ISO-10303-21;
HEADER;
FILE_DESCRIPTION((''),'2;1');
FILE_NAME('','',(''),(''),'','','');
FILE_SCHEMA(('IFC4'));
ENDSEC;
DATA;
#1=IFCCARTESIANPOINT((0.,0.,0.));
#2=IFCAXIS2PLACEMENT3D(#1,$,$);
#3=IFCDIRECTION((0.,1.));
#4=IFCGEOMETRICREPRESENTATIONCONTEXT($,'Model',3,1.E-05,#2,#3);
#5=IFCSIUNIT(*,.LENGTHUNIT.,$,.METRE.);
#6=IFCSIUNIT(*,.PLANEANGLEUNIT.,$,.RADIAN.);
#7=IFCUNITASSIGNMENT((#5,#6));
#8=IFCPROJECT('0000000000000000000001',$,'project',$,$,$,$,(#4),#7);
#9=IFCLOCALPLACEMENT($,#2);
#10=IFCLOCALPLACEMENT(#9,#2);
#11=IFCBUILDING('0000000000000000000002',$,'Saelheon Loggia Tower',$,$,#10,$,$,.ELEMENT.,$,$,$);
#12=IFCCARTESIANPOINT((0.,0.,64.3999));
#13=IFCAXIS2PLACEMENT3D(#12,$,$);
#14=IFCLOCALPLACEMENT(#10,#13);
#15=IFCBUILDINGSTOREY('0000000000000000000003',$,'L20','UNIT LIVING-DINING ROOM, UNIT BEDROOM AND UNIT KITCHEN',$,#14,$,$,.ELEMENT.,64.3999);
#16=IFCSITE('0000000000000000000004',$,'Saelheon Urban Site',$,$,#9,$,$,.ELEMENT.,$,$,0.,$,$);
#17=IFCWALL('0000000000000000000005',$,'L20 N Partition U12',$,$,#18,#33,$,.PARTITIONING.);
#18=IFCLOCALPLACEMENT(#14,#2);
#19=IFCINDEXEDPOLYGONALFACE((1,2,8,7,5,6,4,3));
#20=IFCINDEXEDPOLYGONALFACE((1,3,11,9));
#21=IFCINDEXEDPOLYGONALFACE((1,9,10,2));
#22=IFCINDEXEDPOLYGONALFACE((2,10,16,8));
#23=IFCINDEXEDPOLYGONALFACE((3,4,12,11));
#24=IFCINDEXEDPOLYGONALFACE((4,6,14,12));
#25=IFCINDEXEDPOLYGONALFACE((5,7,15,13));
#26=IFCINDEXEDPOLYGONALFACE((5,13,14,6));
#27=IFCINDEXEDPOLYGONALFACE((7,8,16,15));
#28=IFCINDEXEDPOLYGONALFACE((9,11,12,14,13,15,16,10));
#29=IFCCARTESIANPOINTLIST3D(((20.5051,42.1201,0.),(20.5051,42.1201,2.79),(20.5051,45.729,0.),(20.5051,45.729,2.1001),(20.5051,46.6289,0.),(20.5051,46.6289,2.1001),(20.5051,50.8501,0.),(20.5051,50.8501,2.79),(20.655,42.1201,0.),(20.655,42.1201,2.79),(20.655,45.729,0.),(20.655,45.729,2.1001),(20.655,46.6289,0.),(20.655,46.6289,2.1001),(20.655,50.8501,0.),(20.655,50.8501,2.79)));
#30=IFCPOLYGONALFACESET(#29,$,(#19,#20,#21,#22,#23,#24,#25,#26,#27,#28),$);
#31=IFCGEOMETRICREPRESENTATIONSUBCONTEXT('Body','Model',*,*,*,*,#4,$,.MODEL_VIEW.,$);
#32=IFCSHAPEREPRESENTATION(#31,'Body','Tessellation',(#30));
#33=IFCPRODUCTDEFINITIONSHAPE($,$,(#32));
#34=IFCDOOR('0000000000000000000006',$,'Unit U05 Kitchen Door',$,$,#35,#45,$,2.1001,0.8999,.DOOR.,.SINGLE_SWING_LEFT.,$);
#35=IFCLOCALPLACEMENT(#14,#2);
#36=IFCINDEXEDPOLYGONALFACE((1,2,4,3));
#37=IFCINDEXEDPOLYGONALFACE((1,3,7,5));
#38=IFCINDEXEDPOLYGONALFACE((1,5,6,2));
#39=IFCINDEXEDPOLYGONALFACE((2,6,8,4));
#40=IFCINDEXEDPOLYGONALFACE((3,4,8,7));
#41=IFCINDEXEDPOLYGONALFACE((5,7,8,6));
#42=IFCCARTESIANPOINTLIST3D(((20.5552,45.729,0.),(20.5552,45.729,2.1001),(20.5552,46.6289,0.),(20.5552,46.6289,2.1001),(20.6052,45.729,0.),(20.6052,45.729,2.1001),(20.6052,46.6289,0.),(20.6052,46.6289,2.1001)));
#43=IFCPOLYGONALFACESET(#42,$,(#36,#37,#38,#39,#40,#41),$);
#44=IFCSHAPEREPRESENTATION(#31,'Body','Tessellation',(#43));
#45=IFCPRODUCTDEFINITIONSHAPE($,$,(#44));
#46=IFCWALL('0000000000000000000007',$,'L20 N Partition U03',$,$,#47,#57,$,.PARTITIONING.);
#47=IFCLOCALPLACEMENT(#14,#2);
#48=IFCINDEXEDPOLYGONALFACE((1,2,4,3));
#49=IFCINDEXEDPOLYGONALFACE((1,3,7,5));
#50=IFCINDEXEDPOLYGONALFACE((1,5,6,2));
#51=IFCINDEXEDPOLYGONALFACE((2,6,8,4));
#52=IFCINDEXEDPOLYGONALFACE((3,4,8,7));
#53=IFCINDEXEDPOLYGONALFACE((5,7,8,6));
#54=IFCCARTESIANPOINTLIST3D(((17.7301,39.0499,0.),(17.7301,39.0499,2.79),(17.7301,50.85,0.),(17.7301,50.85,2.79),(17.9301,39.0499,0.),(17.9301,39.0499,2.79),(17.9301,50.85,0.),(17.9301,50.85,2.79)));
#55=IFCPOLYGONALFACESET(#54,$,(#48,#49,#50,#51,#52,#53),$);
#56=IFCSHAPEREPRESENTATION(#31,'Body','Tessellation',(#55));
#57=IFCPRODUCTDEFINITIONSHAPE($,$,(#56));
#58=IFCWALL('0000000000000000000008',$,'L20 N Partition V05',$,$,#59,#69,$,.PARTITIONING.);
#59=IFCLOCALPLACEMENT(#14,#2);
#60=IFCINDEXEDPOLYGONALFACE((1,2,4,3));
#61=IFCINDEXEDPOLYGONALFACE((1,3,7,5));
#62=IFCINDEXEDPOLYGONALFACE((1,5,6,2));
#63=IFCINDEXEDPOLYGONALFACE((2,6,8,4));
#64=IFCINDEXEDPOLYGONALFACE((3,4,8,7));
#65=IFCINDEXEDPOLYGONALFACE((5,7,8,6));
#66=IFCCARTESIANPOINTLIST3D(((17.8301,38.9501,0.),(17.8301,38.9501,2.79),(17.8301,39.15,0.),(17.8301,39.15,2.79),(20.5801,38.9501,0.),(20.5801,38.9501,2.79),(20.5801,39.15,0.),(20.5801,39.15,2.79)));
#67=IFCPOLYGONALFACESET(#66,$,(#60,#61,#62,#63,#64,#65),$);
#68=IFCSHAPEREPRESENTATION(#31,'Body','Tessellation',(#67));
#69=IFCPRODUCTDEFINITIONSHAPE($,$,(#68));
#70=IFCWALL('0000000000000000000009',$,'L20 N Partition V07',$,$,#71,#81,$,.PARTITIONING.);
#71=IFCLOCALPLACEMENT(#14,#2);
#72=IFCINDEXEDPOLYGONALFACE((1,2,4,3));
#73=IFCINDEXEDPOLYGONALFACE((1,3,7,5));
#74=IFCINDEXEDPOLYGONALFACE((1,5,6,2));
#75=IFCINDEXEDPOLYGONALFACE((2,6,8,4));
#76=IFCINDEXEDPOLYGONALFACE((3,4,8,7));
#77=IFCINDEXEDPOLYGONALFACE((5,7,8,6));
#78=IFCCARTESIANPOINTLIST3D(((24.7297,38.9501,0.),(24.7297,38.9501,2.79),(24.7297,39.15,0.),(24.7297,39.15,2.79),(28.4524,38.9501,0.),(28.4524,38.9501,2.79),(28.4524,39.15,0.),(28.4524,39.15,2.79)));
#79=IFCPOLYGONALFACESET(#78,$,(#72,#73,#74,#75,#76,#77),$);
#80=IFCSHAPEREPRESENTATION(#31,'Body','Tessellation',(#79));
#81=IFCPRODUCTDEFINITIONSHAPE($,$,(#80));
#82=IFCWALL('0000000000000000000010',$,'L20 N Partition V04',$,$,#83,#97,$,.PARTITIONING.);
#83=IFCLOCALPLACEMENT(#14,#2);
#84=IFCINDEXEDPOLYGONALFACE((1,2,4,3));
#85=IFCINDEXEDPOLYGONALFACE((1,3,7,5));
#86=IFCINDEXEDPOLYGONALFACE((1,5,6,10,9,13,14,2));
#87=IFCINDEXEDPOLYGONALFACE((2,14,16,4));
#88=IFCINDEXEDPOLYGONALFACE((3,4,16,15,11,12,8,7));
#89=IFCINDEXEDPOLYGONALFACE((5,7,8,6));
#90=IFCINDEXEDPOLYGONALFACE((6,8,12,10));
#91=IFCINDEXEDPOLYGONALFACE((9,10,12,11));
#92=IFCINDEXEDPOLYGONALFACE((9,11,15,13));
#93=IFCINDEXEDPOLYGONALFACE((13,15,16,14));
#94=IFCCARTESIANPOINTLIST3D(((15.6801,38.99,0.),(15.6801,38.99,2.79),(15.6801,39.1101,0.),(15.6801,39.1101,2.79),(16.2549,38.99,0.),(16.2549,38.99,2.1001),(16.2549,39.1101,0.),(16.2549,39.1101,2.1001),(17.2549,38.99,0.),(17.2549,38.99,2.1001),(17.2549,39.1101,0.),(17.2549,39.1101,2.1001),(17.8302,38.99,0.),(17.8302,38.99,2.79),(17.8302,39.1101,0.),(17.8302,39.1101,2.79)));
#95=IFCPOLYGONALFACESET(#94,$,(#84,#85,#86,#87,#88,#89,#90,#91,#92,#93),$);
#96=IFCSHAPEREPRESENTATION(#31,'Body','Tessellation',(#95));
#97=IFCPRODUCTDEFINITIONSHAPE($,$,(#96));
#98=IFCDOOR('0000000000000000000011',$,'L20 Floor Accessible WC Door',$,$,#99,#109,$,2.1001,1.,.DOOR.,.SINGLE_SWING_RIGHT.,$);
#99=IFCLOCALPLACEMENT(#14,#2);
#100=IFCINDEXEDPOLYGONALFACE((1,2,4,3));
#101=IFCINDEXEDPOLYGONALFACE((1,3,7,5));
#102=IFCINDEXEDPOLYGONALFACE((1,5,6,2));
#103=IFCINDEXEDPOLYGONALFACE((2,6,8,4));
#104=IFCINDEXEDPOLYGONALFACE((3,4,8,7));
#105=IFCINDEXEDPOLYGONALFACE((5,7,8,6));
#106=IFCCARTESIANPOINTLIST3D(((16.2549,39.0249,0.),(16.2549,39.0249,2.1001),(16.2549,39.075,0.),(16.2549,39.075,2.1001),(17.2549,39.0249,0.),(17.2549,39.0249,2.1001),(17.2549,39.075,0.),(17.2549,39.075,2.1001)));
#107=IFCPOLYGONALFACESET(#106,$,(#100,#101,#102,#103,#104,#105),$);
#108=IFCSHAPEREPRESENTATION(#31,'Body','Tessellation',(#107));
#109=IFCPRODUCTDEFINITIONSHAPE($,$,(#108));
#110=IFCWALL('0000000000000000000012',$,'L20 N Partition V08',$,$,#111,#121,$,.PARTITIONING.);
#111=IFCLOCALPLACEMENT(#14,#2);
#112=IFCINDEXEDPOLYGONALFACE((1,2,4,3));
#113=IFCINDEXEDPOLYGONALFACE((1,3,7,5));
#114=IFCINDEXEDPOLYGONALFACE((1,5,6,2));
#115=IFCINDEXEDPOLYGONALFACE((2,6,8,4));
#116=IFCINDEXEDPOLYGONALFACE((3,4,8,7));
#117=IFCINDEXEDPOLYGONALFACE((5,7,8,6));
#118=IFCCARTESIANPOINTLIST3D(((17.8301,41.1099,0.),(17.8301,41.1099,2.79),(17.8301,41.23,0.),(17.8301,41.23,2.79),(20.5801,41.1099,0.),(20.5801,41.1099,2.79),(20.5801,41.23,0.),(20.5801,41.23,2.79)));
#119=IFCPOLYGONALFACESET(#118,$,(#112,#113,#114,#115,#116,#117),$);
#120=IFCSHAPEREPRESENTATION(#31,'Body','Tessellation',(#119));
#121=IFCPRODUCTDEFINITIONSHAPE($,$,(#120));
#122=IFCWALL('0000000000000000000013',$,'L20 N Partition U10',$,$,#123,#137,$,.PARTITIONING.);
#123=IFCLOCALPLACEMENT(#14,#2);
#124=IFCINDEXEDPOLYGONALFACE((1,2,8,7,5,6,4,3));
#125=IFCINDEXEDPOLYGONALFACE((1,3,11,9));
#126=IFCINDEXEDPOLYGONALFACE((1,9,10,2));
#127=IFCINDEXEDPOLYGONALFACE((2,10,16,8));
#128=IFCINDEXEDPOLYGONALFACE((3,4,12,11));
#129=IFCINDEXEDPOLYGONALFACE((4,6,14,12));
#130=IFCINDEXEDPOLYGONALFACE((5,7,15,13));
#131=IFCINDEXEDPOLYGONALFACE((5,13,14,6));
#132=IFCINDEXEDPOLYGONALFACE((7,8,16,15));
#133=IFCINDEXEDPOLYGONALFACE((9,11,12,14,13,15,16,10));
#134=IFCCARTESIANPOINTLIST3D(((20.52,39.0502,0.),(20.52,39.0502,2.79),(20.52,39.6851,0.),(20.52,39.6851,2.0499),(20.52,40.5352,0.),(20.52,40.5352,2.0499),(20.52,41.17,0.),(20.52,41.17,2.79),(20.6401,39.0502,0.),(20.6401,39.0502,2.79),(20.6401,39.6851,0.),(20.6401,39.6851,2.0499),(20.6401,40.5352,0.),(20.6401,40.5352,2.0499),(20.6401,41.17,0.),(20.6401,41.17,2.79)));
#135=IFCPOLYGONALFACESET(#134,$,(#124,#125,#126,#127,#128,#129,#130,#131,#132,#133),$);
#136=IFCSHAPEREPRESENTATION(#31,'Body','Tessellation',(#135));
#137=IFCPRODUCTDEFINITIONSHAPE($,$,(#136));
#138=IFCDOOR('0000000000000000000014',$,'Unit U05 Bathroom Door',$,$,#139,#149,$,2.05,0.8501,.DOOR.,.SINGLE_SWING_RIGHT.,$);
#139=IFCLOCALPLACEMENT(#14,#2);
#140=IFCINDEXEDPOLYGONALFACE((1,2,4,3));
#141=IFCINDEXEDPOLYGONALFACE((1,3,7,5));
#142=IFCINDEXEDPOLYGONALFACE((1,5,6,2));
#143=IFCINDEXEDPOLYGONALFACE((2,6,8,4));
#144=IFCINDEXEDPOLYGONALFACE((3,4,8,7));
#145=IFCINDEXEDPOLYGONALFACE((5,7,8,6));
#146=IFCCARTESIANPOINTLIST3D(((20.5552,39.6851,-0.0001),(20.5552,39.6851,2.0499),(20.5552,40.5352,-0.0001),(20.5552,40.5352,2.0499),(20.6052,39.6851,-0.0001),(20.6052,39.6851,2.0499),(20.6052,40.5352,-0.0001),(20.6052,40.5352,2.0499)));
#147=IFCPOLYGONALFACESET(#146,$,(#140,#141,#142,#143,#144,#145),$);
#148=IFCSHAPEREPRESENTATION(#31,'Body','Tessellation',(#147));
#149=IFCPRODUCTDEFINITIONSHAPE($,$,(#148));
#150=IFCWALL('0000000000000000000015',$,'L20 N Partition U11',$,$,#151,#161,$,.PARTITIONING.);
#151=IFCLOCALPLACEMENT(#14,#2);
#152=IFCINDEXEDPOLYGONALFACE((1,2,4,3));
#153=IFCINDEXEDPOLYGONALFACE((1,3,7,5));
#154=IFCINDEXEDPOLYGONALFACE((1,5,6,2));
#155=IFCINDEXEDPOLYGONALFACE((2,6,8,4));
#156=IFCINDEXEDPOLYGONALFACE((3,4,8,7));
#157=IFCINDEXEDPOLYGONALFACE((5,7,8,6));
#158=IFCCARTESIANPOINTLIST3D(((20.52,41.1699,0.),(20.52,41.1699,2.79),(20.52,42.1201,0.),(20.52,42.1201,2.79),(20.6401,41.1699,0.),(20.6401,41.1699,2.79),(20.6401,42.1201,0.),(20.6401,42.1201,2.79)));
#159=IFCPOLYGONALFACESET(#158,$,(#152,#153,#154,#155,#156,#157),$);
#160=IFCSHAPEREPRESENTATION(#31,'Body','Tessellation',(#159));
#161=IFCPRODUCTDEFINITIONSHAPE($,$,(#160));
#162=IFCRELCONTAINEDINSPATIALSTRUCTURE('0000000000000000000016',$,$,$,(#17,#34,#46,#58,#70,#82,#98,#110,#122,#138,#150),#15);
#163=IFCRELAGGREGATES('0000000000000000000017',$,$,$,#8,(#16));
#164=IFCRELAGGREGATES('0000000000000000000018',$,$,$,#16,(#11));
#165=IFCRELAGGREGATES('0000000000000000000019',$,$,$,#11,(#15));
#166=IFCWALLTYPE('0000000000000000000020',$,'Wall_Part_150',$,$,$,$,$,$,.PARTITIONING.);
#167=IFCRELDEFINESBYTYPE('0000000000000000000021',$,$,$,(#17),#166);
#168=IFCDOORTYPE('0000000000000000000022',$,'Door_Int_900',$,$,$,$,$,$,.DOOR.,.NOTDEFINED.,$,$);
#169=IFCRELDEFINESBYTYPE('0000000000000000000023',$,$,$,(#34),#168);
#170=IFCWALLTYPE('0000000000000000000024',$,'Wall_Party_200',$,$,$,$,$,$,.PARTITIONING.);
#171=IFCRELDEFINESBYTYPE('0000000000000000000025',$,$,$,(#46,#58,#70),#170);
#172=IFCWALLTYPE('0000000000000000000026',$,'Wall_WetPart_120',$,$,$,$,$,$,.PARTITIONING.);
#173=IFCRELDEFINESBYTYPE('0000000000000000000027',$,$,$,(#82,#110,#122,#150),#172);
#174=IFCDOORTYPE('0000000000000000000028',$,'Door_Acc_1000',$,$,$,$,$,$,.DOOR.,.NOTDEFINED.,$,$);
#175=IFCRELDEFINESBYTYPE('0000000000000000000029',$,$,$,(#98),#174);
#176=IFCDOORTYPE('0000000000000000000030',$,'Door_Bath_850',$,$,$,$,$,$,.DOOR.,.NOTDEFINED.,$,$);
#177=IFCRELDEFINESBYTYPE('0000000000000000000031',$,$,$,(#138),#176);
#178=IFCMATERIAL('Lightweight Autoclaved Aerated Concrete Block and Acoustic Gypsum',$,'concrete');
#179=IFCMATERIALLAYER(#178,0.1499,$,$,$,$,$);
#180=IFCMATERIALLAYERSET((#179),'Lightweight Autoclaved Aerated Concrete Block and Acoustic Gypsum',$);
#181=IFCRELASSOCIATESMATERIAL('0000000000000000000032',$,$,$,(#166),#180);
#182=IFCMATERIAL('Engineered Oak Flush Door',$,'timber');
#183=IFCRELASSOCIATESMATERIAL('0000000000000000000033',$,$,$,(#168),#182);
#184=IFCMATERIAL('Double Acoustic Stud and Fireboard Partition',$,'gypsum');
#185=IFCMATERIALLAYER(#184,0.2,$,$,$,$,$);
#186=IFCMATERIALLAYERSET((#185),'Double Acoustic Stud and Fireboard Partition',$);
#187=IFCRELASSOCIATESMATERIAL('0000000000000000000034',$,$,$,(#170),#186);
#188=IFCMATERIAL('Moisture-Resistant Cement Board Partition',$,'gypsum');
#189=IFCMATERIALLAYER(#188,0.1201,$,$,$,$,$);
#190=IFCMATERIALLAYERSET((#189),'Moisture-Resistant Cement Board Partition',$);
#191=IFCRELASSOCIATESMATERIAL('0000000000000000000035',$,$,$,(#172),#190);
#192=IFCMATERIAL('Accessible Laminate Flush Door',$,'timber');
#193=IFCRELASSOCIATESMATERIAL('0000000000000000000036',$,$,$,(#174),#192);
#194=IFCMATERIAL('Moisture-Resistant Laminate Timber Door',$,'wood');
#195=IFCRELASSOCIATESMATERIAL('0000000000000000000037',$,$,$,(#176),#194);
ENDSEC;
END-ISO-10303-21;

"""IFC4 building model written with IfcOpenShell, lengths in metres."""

from ifc_helpers import new_model, si_unit, direction, frame, frame_2d, origin, place, context, subcontext, project, spatial, rectangle, extrude, source, transform, mapped, material, layer, layer_set, type_object, element, fill, save


model = new_model("IFC4")

# Units and contexts
model_context = context("Model", 3, precision=1e-05, world=origin(), true_north=direction((0.0, 1.0)))
body_context = subcontext(model_context, "Body", "Model", "MODEL_VIEW")
ifc_project = project(units=[si_unit("LENGTHUNIT", "METRE"), si_unit("PLANEANGLEUNIT", "RADIAN")], contexts=[model_context])

# Site, building, storey
site_placement = place(None, origin())
site = spatial("IfcSite", under=ifc_project, at=site_placement, Name="Saelheon Urban Site", CompositionType="ELEMENT", RefElevation=0.0)
building_placement = place(site_placement, origin())
building = spatial("IfcBuilding", under=site, at=building_placement, Name="Saelheon Loggia Tower", CompositionType="ELEMENT")
storey_placement = place(building_placement, frame((0.0, 0.0, 64.3999)))
storey = spatial("IfcBuildingStorey", under=building, at=storey_placement, Name="L20", Description="UNIT LIVING-DINING ROOM, UNIT BEDROOM AND UNIT KITCHEN", CompositionType="ELEMENT", Elevation=64.3999)

# Wall, opening, door
ifc_material_1 = material(Name="Lightweight Autoclaved Aerated Concrete Block and Acoustic Gypsum", Category="concrete")
ifc_layer_1 = layer(ifc_material_1, 0.1499)
ifc_layer_set_1 = layer_set([ifc_layer_1], Name="Lightweight Autoclaved Aerated Concrete Block and Acoustic Gypsum")
wall_type_1 = type_object("IfcWallType", Name="Wall_Part_150", PredefinedType="PARTITIONING", material=ifc_layer_set_1)
wall_1_placement = place(storey_placement, frame((20.5801, 42.1201, 0.0), z_axis=(0.0, 0.0, 1.0), x_axis=(0.0, 1.0, 0.0)))
wall_1 = element("IfcWall", 1, at=wall_1_placement, inside=storey, type_object=wall_type_1, Name="L20 N Partition U12", PredefinedType="PARTITIONING", context=body_context, shape_type="SweptSolid", body=[
    extrude(rectangle(XDim=8.73, YDim=0.1499, at=frame_2d((4.365, 0.0))), origin(), (0.0, 0.0, 1.0), 2.79),
])
opening_1_placement = place(wall_1_placement, frame((3.6089, 0.0, 0.0)))
opening_1 = element("IfcOpeningElement", 2, at=opening_1_placement, cuts=wall_1, PredefinedType="OPENING", context=body_context, shape_type="SweptSolid", body=[
    extrude(rectangle(XDim=0.8999, YDim=2.1001, at=frame_2d((0.45, 1.05))), frame((0.0, 0.0869, 0.0), z_axis=(0.0, -1.0, 0.0), x_axis=(1.0, 0.0, 0.0)), (0.0, 0.0, 1.0), 0.1738),
])
ifc_material_2 = material(Name="Engineered Oak Flush Door", Category="timber")
door_type_1 = type_object("IfcDoorType", Name="Door_Int_900", OperationType="NOTDEFINED", PredefinedType="DOOR", material=ifc_material_2)
shared_shape_1 = source(origin(), body_context, "Body", "SweptSolid", [
    extrude(rectangle(XDim=0.8999, YDim=2.1001, at=frame_2d((0.45, 1.05))), frame((0.0, 0.0249, 0.0), z_axis=(0.0, -1.0, 0.0), x_axis=(1.0, 0.0, 0.0)), (0.0, 0.0, 1.0), 0.05),
])
door_1_placement = place(opening_1_placement, origin())
door_1 = element("IfcDoor", 3, at=door_1_placement, inside=storey, type_object=door_type_1, Name="Unit U05 Kitchen Door", OperationType="SINGLE_SWING_LEFT", OverallHeight=2.1001, OverallWidth=0.8999, PredefinedType="DOOR", context=body_context, shape_type="MappedRepresentation", body=[
    mapped(shared_shape_1, transform((0.0, 0.0, 0.0), scale=1.0)),
])
fill(opening_1, door_1)

# Walls
ifc_material_3 = material(Name="Double Acoustic Stud and Fireboard Partition", Category="gypsum")
ifc_layer_2 = layer(ifc_material_3, 0.2)
ifc_layer_set_2 = layer_set([ifc_layer_2], Name="Double Acoustic Stud and Fireboard Partition")
wall_type_2 = type_object("IfcWallType", Name="Wall_Party_200", PredefinedType="PARTITIONING", material=ifc_layer_set_2)
wall_2_placement = place(storey_placement, frame((17.8301, 39.05, 0.0), z_axis=(0.0, 0.0, 1.0), x_axis=(0.0, 1.0, 0.0)))
element("IfcWall", 4, at=wall_2_placement, inside=storey, type_object=wall_type_2, Name="L20 N Partition U03", PredefinedType="PARTITIONING", context=body_context, shape_type="SweptSolid", body=[
    extrude(rectangle(XDim=11.8, YDim=0.2, at=frame_2d((5.8999, 0.0))), origin(), (0.0, 0.0, 1.0), 2.79),
])
wall_3_placement = place(storey_placement, frame((17.8301, 39.05, 0.0), z_axis=(0.0, 0.0, 1.0), x_axis=(1.0, 0.0, 0.0)))
element("IfcWall", 5, at=wall_3_placement, inside=storey, type_object=wall_type_2, Name="L20 N Partition V05", PredefinedType="PARTITIONING", context=body_context, shape_type="SweptSolid", body=[
    extrude(rectangle(XDim=2.75, YDim=0.2, at=frame_2d((1.375, 0.0))), origin(), (0.0, 0.0, 1.0), 2.79),
])

# Wall
wall_4_placement = place(storey_placement, frame((24.7297, 39.05, 0.0), z_axis=(0.0, 0.0, 1.0), x_axis=(1.0, 0.0, 0.0)))
element("IfcWall", 6, at=wall_4_placement, inside=storey, type_object=wall_type_2, Name="L20 N Partition V07", PredefinedType="PARTITIONING", context=body_context, shape_type="SweptSolid", body=[
    extrude(rectangle(XDim=3.7227, YDim=0.2, at=frame_2d((1.8613, 0.0))), origin(), (0.0, 0.0, 1.0), 2.79),
])

# Wall, opening, door
ifc_material_4 = material(Name="Moisture-Resistant Cement Board Partition", Category="gypsum")
ifc_layer_3 = layer(ifc_material_4, 0.1201)
ifc_layer_set_3 = layer_set([ifc_layer_3], Name="Moisture-Resistant Cement Board Partition")
wall_type_3 = type_object("IfcWallType", Name="Wall_WetPart_120", PredefinedType="PARTITIONING", material=ifc_layer_set_3)
wall_5_placement = place(storey_placement, frame((15.6799, 39.05, 0.0), z_axis=(0.0, 0.0, 1.0), x_axis=(1.0, 0.0, 0.0)))
wall_5 = element("IfcWall", 7, at=wall_5_placement, inside=storey, type_object=wall_type_3, Name="L20 N Partition V04", PredefinedType="PARTITIONING", context=body_context, shape_type="SweptSolid", body=[
    extrude(rectangle(XDim=2.1501, YDim=0.1201, at=frame_2d((1.0752, 0.0))), origin(), (0.0, 0.0, 1.0), 2.79),
])
opening_2_placement = place(wall_5_placement, frame((0.575, 0.0, 0.0)))
opening_2 = element("IfcOpeningElement", 8, at=opening_2_placement, cuts=wall_5, PredefinedType="OPENING", context=body_context, shape_type="SweptSolid", body=[
    extrude(rectangle(XDim=1.0, YDim=2.1001, at=frame_2d((0.5, 1.05))), frame((0.0, 0.072, 0.0), z_axis=(0.0, -1.0, 0.0), x_axis=(1.0, 0.0, 0.0)), (0.0, 0.0, 1.0), 0.144),
])
ifc_material_5 = material(Name="Accessible Laminate Flush Door", Category="timber")
door_type_2 = type_object("IfcDoorType", Name="Door_Acc_1000", OperationType="NOTDEFINED", PredefinedType="DOOR", material=ifc_material_5)
shared_shape_2 = source(origin(), body_context, "Body", "SweptSolid", [
    extrude(rectangle(XDim=1.0, YDim=2.1001, at=frame_2d((0.5, 1.05))), frame((0.0, 0.0249, 0.0), z_axis=(0.0, -1.0, 0.0), x_axis=(1.0, 0.0, 0.0)), (0.0, 0.0, 1.0), 0.05),
])
door_2_placement = place(opening_2_placement, origin())
door_2 = element("IfcDoor", 9, at=door_2_placement, inside=storey, type_object=door_type_2, Name="L20 Floor Accessible WC Door", OperationType="SINGLE_SWING_RIGHT", OverallHeight=2.1001, OverallWidth=1.0, PredefinedType="DOOR", context=body_context, shape_type="MappedRepresentation", body=[
    mapped(shared_shape_2, transform((0.0, 0.0, 0.0), scale=1.0)),
])
fill(opening_2, door_2)

# Wall
wall_6_placement = place(storey_placement, frame((17.8301, 41.1699, 0.0), z_axis=(0.0, 0.0, 1.0), x_axis=(1.0, 0.0, 0.0)))
element("IfcWall", 10, at=wall_6_placement, inside=storey, type_object=wall_type_3, Name="L20 N Partition V08", PredefinedType="PARTITIONING", context=body_context, shape_type="SweptSolid", body=[
    extrude(rectangle(XDim=2.75, YDim=0.1201, at=frame_2d((1.375, 0.0))), origin(), (0.0, 0.0, 1.0), 2.79),
])

# Wall, opening, door
wall_7_placement = place(storey_placement, frame((20.5801, 39.05, 0.0), z_axis=(0.0, 0.0, 1.0), x_axis=(0.0, 1.0, 0.0)))
wall_7 = element("IfcWall", 11, at=wall_7_placement, inside=storey, type_object=wall_type_3, Name="L20 N Partition U10", PredefinedType="PARTITIONING", context=body_context, shape_type="SweptSolid", body=[
    extrude(rectangle(XDim=2.1199, YDim=0.1201, at=frame_2d((1.0601, 0.0))), origin(), (0.0, 0.0, 1.0), 2.79),
])
opening_3_placement = place(wall_7_placement, frame((0.635, 0.0, 0.0)))
opening_3 = element("IfcOpeningElement", 12, at=opening_3_placement, cuts=wall_7, PredefinedType="OPENING", context=body_context, shape_type="SweptSolid", body=[
    extrude(rectangle(XDim=0.8501, YDim=2.05, at=frame_2d((0.425, 1.0249))), frame((0.0, 0.072, 0.0), z_axis=(0.0, -1.0, 0.0), x_axis=(1.0, 0.0, 0.0)), (0.0, 0.0, 1.0), 0.144),
])
ifc_material_6 = material(Name="Moisture-Resistant Laminate Timber Door", Category="wood")
door_type_3 = type_object("IfcDoorType", Name="Door_Bath_850", OperationType="NOTDEFINED", PredefinedType="DOOR", material=ifc_material_6)
shared_shape_3 = source(origin(), body_context, "Body", "SweptSolid", [
    extrude(rectangle(XDim=0.8501, YDim=2.05, at=frame_2d((0.425, 1.0249))), frame((0.0, 0.0249, 0.0), z_axis=(0.0, -1.0, 0.0), x_axis=(1.0, 0.0, 0.0)), (0.0, 0.0, 1.0), 0.05),
])
door_3_placement = place(opening_3_placement, origin())
door_3 = element("IfcDoor", 13, at=door_3_placement, inside=storey, type_object=door_type_3, Name="Unit U05 Bathroom Door", OperationType="SINGLE_SWING_RIGHT", OverallHeight=2.05, OverallWidth=0.8501, PredefinedType="DOOR", context=body_context, shape_type="MappedRepresentation", body=[
    mapped(shared_shape_3, transform((0.0, 0.0, 0.0), scale=1.0)),
])
fill(opening_3, door_3)

# Wall
wall_8_placement = place(storey_placement, frame((20.5801, 41.1699, 0.0), z_axis=(0.0, 0.0, 1.0), x_axis=(0.0, 1.0, 0.0)))
element("IfcWall", 14, at=wall_8_placement, inside=storey, type_object=wall_type_3, Name="L20 N Partition U11", PredefinedType="PARTITIONING", context=body_context, shape_type="SweptSolid", body=[
    extrude(rectangle(XDim=0.9502, YDim=0.1201, at=frame_2d((0.4751, 0.0))), origin(), (0.0, 0.0, 1.0), 2.79),
])

save(model, "model.ifc")
